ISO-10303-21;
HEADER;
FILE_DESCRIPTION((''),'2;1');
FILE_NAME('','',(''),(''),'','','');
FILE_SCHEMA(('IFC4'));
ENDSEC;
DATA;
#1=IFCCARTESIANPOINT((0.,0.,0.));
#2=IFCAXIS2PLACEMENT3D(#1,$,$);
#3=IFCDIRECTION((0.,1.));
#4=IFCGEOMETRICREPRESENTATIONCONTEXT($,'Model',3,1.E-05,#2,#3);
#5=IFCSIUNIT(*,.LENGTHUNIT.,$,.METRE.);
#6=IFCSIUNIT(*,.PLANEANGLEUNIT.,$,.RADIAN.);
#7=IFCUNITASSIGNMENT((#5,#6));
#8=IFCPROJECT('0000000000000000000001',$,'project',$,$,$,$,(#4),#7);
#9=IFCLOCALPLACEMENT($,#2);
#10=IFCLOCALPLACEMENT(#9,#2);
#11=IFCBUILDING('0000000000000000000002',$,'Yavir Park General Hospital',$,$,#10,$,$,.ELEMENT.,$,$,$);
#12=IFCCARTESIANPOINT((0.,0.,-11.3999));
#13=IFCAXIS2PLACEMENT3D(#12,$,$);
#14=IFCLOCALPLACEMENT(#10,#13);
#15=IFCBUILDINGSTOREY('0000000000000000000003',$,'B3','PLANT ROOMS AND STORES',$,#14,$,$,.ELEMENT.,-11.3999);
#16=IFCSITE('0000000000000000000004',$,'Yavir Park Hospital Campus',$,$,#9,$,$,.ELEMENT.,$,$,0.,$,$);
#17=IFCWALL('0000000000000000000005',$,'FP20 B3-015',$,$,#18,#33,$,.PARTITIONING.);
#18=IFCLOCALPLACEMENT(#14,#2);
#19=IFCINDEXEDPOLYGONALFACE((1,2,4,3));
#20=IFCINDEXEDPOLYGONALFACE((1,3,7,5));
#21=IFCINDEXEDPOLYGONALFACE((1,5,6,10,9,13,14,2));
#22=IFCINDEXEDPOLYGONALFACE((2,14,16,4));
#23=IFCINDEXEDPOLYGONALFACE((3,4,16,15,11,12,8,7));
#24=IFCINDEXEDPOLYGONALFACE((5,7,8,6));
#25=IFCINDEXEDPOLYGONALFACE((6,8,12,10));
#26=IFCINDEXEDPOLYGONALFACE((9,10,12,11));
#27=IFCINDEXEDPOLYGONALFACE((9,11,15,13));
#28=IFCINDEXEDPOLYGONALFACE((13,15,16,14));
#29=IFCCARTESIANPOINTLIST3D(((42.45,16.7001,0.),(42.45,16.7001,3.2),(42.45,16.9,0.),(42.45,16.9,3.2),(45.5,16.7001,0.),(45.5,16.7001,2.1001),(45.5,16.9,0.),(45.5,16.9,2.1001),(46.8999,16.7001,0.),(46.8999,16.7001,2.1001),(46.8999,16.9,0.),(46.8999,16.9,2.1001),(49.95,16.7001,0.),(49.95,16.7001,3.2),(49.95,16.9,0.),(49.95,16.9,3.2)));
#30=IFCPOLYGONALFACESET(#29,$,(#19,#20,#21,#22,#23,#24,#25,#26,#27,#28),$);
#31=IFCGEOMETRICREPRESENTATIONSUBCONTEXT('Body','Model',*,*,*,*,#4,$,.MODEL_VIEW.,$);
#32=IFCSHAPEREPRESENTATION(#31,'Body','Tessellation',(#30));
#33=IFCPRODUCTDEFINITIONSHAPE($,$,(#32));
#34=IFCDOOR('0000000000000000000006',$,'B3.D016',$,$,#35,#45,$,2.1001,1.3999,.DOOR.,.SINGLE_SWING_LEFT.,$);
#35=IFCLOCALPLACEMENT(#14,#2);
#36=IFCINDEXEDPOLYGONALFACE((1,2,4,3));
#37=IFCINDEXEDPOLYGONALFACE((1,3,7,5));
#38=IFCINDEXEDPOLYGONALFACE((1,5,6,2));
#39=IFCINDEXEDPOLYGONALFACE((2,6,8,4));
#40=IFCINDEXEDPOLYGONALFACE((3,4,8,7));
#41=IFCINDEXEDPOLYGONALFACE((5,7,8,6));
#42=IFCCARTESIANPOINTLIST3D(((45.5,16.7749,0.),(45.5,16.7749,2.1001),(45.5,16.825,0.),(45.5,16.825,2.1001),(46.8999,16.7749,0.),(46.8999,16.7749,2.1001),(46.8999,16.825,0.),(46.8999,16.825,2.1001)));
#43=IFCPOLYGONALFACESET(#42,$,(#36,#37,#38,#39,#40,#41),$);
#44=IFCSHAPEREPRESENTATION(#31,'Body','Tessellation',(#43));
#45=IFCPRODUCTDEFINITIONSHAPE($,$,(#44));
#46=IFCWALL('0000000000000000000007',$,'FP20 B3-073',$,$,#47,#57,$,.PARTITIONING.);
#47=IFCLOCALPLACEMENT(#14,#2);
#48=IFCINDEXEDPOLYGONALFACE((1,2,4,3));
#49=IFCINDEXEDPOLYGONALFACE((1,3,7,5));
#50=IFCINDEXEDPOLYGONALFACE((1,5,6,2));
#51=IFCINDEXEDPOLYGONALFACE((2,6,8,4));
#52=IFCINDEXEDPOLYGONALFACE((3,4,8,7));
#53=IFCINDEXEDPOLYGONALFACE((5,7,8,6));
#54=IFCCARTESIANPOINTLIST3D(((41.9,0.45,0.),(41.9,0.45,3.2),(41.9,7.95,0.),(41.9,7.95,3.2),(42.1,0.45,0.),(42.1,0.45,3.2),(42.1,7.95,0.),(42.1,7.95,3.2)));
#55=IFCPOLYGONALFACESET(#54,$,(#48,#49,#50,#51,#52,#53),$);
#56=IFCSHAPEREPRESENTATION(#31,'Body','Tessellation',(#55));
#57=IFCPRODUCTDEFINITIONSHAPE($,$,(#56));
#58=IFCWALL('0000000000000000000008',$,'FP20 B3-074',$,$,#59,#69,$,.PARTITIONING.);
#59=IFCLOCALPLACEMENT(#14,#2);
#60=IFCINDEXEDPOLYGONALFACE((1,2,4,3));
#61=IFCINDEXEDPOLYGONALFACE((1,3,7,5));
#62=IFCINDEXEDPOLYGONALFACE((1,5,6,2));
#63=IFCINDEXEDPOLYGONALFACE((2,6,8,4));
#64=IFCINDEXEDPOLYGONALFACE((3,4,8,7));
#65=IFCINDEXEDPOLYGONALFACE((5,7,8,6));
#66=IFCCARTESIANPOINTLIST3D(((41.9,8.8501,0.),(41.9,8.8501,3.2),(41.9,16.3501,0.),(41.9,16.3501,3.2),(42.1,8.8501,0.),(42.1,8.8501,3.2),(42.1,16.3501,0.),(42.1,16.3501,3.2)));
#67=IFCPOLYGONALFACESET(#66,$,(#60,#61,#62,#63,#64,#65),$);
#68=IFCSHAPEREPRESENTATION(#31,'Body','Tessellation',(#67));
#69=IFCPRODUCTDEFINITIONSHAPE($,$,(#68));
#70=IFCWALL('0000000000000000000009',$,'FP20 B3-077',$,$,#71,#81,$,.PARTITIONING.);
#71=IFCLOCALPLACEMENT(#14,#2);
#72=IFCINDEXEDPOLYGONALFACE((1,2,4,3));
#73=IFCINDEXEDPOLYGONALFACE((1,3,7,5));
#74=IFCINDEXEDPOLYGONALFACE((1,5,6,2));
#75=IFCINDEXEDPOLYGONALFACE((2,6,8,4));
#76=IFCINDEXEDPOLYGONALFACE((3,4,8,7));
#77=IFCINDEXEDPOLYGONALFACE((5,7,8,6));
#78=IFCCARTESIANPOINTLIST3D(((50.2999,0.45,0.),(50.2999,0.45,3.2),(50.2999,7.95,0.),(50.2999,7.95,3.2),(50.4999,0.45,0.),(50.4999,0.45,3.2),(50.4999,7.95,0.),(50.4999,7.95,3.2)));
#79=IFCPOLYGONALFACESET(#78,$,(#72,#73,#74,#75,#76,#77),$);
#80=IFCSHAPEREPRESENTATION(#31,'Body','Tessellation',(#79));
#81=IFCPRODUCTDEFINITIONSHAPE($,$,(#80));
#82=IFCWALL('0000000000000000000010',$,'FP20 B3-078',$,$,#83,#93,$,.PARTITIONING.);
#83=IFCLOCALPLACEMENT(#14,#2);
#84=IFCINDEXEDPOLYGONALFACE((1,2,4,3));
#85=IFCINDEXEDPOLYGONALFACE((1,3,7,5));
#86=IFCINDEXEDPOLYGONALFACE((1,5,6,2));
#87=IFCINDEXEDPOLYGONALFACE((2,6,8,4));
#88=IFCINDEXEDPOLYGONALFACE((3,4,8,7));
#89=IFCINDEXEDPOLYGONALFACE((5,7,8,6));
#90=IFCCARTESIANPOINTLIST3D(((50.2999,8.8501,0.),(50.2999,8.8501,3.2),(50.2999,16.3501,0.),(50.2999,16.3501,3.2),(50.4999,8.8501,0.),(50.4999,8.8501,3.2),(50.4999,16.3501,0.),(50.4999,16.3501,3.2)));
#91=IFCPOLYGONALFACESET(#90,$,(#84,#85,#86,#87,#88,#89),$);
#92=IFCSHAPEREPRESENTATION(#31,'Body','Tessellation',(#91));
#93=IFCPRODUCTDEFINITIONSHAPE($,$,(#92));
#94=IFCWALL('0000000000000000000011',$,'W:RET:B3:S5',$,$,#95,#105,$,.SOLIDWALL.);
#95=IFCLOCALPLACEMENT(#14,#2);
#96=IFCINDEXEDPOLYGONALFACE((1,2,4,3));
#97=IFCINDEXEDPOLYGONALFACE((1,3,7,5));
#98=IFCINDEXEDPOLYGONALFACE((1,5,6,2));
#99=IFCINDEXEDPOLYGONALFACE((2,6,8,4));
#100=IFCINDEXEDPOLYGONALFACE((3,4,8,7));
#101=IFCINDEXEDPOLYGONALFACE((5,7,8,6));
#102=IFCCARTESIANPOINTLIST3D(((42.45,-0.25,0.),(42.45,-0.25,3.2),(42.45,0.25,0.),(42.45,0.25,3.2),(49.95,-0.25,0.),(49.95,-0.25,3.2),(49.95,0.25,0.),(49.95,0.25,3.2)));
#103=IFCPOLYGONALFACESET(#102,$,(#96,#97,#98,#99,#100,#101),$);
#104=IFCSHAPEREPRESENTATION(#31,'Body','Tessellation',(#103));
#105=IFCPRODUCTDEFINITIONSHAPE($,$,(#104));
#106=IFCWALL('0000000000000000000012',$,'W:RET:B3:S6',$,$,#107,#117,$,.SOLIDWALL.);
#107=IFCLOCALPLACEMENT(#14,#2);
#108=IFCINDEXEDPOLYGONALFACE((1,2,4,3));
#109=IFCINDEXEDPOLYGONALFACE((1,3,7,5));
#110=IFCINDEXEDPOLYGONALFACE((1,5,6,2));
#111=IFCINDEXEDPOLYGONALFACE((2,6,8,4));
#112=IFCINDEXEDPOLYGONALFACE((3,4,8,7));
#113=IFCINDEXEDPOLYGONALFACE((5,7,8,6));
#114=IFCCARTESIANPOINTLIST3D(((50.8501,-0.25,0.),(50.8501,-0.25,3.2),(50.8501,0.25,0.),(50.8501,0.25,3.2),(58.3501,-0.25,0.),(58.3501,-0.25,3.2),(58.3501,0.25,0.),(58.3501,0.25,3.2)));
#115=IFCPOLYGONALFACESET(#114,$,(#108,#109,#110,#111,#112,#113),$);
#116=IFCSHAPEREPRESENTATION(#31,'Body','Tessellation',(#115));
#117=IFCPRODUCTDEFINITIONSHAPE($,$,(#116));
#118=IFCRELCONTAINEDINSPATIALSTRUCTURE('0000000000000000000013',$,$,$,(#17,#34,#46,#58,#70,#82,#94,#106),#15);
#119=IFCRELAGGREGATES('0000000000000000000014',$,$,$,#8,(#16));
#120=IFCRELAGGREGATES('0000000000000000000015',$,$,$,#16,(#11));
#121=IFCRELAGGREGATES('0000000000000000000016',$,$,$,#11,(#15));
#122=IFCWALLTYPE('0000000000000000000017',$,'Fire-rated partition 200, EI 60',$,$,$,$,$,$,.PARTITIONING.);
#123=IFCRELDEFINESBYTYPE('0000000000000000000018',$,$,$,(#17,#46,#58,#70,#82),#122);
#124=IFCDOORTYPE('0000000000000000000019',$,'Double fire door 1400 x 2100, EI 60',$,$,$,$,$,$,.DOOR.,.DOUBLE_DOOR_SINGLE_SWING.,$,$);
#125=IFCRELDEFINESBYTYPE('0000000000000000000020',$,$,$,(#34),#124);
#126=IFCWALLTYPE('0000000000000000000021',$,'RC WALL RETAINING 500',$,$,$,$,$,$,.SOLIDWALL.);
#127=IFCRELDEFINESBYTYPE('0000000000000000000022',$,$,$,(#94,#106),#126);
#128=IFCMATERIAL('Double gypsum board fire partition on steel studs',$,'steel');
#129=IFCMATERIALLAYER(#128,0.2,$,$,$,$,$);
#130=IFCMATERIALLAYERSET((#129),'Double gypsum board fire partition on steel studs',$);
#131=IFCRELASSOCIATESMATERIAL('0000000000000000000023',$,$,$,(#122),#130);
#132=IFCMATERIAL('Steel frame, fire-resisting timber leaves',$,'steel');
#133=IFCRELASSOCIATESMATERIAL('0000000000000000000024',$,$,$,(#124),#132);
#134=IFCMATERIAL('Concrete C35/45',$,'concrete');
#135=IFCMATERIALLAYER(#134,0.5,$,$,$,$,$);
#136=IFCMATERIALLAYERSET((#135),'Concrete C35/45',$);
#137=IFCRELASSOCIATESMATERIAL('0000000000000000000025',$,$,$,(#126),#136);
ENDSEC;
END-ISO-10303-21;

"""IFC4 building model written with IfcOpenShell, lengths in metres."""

from ifc_helpers import new_model, si_unit, direction, frame, frame_2d, origin, place, context, subcontext, project, spatial, rectangle, extrude, material, layer, layer_set, type_object, element, fill, save


model = new_model("IFC4")

# Units and contexts
model_context = context("Model", 3, precision=1e-05, world=origin(), true_north=direction((0.0, 1.0)))
body_context = subcontext(model_context, "Body", "Model", "MODEL_VIEW")
ifc_project = project(units=[si_unit("LENGTHUNIT", "METRE"), si_unit("PLANEANGLEUNIT", "RADIAN")], contexts=[model_context])

# Site, building, storey
site_placement = place(None, origin())
site = spatial("IfcSite", under=ifc_project, at=site_placement, Name="Yavir Park Hospital Campus", CompositionType="ELEMENT", RefElevation=0.0)
building_placement = place(site_placement, origin())
building = spatial("IfcBuilding", under=site, at=building_placement, Name="Yavir Park General Hospital", CompositionType="ELEMENT")
storey_placement = place(building_placement, frame((0.0, 0.0, -11.3999)))
storey = spatial("IfcBuildingStorey", under=building, at=storey_placement, Name="B3", Description="PLANT ROOMS AND STORES", CompositionType="ELEMENT", Elevation=-11.3999)

# Wall, opening, door
ifc_material_1 = material(Name="Double gypsum board fire partition on steel studs", Category="steel")
ifc_layer_1 = layer(ifc_material_1, 0.2)
ifc_layer_set_1 = layer_set([ifc_layer_1], Name="Double gypsum board fire partition on steel studs")
wall_type_1 = type_object("IfcWallType", Name="Fire-rated partition 200, EI 60", PredefinedType="PARTITIONING", material=ifc_layer_set_1)
ifc_material_2 = material(Name="Steel frame, fire-resisting timber leaves", Category="steel")
door_type = type_object("IfcDoorType", Name="Double fire door 1400 x 2100, EI 60", OperationType="DOUBLE_DOOR_SINGLE_SWING", PredefinedType="DOOR", material=ifc_material_2)
wall_1_placement = place(storey_placement, frame((42.45, 16.8, 0.0), z_axis=(0.0, 0.0, 1.0), x_axis=(1.0, 0.0, 0.0)))
wall_1 = element("IfcWall", 1, at=wall_1_placement, inside=storey, type_object=wall_type_1, Name="FP20 B3-015", PredefinedType="PARTITIONING", context=body_context, shape_type="SweptSolid", body=[
    extrude(rectangle(XDim=7.5, YDim=0.2, at=frame_2d((3.75, 0.0))), origin(), (0.0, 0.0, 1.0), 3.2),
])
opening_1_placement = place(wall_1_placement, frame((3.05, 0.0, 0.0)))
opening_1 = element("IfcOpeningElement", 2, at=opening_1_placement, cuts=wall_1, PredefinedType="OPENING", context=body_context, shape_type="SweptSolid", body=[
    extrude(rectangle(XDim=1.3999, YDim=2.1001, at=frame_2d((0.7, 1.05))), frame((0.0, 0.1099, 0.0), z_axis=(0.0, -1.0, 0.0), x_axis=(1.0, 0.0, 0.0)), (0.0, 0.0, 1.0), 0.22),
])
door_1_placement = place(opening_1_placement, origin())
door_1 = element("IfcDoor", 3, at=door_1_placement, inside=storey, type_object=door_type, Name="B3.D016", OperationType="SINGLE_SWING_LEFT", OverallHeight=2.1001, OverallWidth=1.3999, PredefinedType="DOOR", context=body_context, shape_type="SweptSolid", body=[
    extrude(rectangle(XDim=1.3999, YDim=2.1001, at=frame_2d((0.7, 1.05))), frame((0.0, 0.0249, 0.0), z_axis=(0.0, -1.0, 0.0), x_axis=(1.0, 0.0, 0.0)), (0.0, 0.0, 1.0), 0.05),
])
fill(opening_1, door_1)

# Walls
for number, where, z_axis, x_axis, name in (
    (4, (42.0, 0.45, 0.0), (0.0, 0.0, 1.0), (0.0, 1.0, 0.0), "FP20 B3-073"),
    (5, (42.0, 8.8501, 0.0), (0.0, 0.0, 1.0), (0.0, 1.0, 0.0), "FP20 B3-074"),
    (6, (50.3999, 0.45, 0.0), (0.0, 0.0, 1.0), (0.0, 1.0, 0.0), "FP20 B3-077"),
    (7, (50.3999, 8.8501, 0.0), (0.0, 0.0, 1.0), (0.0, 1.0, 0.0), "FP20 B3-078"),
):
    element("IfcWall", number, at=place(storey_placement, frame(where, z_axis=z_axis, x_axis=x_axis)), inside=storey, type_object=wall_type_1, Name=name, PredefinedType="PARTITIONING", context=body_context, shape_type="SweptSolid", body=[
        extrude(rectangle(XDim=7.5, YDim=0.2, at=frame_2d((3.75, 0.0))), origin(), (0.0, 0.0, 1.0), 3.2),
    ])
ifc_material_3 = material(Name="Concrete C35/45", Category="concrete")
ifc_layer_2 = layer(ifc_material_3, 0.5)
ifc_layer_set_2 = layer_set([ifc_layer_2], Name="Concrete C35/45")
wall_type_2 = type_object("IfcWallType", Name="RC WALL RETAINING 500", PredefinedType="SOLIDWALL", material=ifc_layer_set_2)
for number, where, z_axis, x_axis, name in (
    (8, (42.45, 0.0, 0.0), (0.0, 0.0, 1.0), (1.0, 0.0, 0.0), "W:RET:B3:S5"),
    (9, (50.8501, 0.0, 0.0), (0.0, 0.0, 1.0), (1.0, 0.0, 0.0), "W:RET:B3:S6"),
):
    element("IfcWall", number, at=place(storey_placement, frame(where, z_axis=z_axis, x_axis=x_axis)), inside=storey, type_object=wall_type_2, Name=name, PredefinedType="SOLIDWALL", context=body_context, shape_type="SweptSolid", body=[
        extrude(rectangle(XDim=7.5, YDim=0.5, at=frame_2d((3.75, 0.0))), origin(), (0.0, 0.0, 1.0), 3.2),
    ])

save(model, "model.ifc")
